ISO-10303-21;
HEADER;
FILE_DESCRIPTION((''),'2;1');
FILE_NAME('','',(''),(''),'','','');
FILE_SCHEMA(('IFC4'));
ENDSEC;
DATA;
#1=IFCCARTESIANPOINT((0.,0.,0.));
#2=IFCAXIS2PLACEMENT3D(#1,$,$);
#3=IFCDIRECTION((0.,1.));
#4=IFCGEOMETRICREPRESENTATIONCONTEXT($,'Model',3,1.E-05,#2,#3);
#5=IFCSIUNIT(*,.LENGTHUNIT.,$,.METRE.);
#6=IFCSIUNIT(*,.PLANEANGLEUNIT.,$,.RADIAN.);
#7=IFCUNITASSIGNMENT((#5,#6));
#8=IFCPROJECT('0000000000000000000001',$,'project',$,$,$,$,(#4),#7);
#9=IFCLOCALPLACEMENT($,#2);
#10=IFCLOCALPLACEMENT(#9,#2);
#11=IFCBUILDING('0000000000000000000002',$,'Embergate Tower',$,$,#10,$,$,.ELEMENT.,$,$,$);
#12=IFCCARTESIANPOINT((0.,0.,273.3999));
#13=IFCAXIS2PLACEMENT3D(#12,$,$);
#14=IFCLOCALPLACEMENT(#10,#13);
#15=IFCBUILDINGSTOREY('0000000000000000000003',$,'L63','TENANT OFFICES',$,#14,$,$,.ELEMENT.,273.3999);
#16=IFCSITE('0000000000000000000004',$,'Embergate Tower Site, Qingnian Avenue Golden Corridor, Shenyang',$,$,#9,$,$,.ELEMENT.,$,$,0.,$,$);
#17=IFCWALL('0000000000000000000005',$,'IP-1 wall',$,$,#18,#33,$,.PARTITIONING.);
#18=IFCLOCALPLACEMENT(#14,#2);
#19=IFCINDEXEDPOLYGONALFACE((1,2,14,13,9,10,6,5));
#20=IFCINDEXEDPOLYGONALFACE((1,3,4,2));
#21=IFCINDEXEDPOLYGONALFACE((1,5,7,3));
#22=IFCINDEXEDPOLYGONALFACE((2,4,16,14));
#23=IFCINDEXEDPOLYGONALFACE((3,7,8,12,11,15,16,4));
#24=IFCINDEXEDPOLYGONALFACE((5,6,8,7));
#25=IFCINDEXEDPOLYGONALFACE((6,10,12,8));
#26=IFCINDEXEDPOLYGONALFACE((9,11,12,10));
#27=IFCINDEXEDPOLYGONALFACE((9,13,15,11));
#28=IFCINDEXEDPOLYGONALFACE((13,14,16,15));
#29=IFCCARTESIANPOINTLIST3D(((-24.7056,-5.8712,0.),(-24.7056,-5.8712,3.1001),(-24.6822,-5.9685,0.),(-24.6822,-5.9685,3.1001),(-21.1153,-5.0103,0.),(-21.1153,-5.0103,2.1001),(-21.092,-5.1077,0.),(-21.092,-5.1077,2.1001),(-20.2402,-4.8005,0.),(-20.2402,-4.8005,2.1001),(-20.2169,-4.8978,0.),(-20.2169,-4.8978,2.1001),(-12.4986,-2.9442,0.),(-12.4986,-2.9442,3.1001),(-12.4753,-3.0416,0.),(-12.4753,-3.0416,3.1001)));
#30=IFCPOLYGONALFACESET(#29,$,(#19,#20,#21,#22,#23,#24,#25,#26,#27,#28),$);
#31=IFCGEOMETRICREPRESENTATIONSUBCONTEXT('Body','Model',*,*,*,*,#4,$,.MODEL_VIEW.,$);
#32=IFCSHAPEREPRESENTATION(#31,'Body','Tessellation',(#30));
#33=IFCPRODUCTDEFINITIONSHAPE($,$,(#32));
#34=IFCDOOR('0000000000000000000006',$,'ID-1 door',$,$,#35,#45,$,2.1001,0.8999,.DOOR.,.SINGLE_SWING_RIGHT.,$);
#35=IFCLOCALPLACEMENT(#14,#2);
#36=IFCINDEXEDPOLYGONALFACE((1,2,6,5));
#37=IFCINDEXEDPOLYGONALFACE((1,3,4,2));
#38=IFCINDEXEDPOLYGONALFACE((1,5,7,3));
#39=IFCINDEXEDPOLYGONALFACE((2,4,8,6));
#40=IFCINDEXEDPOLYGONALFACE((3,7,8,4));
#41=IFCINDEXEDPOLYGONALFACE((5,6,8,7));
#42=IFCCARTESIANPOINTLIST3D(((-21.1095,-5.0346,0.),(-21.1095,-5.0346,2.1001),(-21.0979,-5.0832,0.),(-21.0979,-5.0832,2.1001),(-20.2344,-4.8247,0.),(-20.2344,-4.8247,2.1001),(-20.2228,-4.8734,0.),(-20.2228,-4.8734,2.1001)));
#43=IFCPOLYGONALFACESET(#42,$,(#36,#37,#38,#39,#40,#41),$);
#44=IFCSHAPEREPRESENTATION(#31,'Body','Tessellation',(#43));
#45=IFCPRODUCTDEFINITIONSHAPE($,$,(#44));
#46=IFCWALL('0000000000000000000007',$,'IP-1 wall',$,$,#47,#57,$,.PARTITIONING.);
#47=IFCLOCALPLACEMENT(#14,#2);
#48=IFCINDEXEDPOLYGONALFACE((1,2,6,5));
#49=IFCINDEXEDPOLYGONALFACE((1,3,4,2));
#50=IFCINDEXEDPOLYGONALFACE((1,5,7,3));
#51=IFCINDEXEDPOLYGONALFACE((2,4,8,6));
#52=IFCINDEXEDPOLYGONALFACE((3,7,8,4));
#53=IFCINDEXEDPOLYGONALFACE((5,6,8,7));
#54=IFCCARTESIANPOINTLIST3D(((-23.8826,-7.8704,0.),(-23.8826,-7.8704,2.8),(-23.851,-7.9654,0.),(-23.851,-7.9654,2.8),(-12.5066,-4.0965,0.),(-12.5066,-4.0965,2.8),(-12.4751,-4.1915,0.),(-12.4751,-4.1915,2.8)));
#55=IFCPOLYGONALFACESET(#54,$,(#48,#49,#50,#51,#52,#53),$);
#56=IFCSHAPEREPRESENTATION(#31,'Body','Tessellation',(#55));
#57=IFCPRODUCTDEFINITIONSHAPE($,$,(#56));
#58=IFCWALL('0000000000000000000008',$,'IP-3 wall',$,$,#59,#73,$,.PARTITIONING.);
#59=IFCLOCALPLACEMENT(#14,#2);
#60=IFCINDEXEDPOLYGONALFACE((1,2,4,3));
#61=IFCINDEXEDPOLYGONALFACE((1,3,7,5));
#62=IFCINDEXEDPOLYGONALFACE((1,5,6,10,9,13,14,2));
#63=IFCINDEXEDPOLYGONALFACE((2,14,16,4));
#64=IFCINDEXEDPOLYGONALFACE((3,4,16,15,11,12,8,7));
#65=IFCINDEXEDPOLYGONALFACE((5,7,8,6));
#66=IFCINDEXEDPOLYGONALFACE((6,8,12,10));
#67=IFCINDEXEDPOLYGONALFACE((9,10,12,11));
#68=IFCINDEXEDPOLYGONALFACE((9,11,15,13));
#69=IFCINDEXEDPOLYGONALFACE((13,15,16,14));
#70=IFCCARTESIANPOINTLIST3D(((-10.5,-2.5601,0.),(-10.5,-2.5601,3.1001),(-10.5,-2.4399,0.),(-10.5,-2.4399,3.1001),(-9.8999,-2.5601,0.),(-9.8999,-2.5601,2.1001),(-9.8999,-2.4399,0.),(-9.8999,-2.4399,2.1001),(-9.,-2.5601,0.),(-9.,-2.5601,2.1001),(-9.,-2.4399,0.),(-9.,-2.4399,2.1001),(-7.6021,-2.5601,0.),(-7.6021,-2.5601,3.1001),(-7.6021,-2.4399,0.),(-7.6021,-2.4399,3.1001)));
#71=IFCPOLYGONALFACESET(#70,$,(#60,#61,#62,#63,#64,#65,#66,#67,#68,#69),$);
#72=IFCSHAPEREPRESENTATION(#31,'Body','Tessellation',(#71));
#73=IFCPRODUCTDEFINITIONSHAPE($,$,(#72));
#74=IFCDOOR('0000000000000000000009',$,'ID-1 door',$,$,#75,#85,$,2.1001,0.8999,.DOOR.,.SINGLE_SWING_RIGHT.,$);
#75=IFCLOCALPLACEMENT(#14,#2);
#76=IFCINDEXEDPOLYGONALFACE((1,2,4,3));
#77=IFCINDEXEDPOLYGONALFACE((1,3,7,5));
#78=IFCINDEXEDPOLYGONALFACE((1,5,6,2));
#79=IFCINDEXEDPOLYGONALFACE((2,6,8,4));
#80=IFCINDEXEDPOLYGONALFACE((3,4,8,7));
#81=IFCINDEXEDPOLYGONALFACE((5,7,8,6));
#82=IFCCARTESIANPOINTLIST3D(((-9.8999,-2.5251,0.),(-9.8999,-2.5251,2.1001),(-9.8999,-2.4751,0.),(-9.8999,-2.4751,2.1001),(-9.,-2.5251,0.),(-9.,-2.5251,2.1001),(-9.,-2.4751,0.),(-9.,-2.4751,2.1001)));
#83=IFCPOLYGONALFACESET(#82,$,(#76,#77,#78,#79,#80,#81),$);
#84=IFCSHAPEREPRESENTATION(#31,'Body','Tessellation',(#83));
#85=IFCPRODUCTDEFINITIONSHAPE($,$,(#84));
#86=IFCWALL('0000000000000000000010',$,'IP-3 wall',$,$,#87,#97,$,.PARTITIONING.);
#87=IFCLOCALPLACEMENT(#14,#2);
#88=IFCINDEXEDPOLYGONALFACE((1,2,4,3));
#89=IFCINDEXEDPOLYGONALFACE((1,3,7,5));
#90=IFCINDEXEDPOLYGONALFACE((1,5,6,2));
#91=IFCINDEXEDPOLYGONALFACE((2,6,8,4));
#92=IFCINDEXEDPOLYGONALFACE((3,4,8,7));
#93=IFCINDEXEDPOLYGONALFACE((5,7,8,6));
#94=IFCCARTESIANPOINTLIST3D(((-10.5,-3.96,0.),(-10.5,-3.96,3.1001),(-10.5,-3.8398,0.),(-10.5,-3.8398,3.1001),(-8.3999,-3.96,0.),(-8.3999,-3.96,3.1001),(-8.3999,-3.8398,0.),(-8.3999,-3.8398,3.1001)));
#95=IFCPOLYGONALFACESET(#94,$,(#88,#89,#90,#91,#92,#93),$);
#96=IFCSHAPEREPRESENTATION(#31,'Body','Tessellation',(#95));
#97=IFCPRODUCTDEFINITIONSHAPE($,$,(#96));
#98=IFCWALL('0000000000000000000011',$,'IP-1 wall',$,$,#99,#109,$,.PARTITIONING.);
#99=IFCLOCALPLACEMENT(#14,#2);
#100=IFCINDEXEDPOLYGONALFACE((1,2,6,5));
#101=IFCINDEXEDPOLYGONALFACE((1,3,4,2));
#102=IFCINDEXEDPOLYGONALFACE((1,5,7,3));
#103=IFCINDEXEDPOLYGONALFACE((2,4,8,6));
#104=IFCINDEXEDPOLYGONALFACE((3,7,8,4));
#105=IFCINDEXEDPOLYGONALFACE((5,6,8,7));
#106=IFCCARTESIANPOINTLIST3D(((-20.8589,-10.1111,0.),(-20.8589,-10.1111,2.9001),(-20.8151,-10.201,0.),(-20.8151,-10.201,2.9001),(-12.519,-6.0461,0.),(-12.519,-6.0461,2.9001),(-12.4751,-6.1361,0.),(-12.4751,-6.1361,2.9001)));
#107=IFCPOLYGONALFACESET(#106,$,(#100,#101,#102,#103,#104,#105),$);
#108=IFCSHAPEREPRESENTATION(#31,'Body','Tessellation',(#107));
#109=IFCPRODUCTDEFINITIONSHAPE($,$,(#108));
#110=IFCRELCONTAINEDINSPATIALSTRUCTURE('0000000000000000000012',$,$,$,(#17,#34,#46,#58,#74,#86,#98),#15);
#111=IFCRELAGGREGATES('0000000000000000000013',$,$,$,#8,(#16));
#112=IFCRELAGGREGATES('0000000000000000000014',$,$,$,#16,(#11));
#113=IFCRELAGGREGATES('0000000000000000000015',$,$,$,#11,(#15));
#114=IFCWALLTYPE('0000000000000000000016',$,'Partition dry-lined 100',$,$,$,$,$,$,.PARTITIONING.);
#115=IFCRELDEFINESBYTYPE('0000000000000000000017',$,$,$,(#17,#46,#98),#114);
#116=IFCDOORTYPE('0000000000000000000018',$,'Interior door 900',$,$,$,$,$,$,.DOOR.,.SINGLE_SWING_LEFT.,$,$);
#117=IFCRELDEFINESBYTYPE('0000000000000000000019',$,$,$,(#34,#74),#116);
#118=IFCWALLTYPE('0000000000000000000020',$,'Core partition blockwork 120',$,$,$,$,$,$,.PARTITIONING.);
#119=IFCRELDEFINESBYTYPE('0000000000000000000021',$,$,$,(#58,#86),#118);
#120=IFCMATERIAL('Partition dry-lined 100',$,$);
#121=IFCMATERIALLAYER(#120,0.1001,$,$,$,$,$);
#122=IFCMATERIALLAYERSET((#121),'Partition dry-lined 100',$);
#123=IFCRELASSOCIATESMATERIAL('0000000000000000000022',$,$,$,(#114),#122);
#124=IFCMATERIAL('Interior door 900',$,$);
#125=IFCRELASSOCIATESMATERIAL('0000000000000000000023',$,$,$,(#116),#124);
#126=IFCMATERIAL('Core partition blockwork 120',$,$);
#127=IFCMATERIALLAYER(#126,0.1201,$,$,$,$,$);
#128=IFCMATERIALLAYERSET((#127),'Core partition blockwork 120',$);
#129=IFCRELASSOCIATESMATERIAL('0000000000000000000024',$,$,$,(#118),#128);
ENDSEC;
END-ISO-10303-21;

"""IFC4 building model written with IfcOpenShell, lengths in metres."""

from ifc_helpers import new_model, si_unit, direction, frame, frame_2d, origin, place, context, subcontext, project, spatial, rectangle, extrude, source, transform, mapped, material, layer, layer_set, type_object, element, fill, save


model = new_model("IFC4")

# Units and contexts
model_context = context("Model", 3, precision=1e-05, world=origin(), true_north=direction((0.0, 1.0)))
body_context = subcontext(model_context, "Body", "Model", "MODEL_VIEW")
ifc_project = project(units=[si_unit("LENGTHUNIT", "METRE"), si_unit("PLANEANGLEUNIT", "RADIAN")], contexts=[model_context])

# Site, building, storey
site_placement = place(None, origin())
site = spatial("IfcSite", under=ifc_project, at=site_placement, Name="Embergate Tower Site, Qingnian Avenue Golden Corridor, Shenyang", CompositionType="ELEMENT", RefElevation=0.0)
building_placement = place(site_placement, origin())
building = spatial("IfcBuilding", under=site, at=building_placement, Name="Embergate Tower", CompositionType="ELEMENT")
storey_placement = place(building_placement, frame((0.0, 0.0, 273.3999)))
storey = spatial("IfcBuildingStorey", under=building, at=storey_placement, Name="L63", Description="TENANT OFFICES", CompositionType="ELEMENT", Elevation=273.3999)

# Wall, opening, door
shared_shape_1 = source(origin(), body_context, "Body", "SweptSolid", [
    extrude(rectangle(XDim=0.8999, YDim=2.1001, at=frame_2d((0.45, 1.05))), frame((0.0, 0.0249, 0.0), z_axis=(0.0, -1.0, 0.0), x_axis=(1.0, 0.0, 0.0)), (0.0, 0.0, 1.0), 0.05),
])
ifc_material_1 = material(Name="Partition dry-lined 100")
ifc_layer_1 = layer(ifc_material_1, 0.1001)
ifc_layer_set_1 = layer_set([ifc_layer_1], Name="Partition dry-lined 100")
wall_type_1 = type_object("IfcWallType", Name="Partition dry-lined 100", PredefinedType="PARTITIONING", material=ifc_layer_set_1)
shared_shape_2 = source(origin(), body_context, "Body", "SweptSolid", [
    extrude(rectangle(XDim=12.553, YDim=0.1001, at=frame_2d((6.2764, 0.0))), origin(), (0.0, 0.0, 1.0), 3.1001),
])
wall_1_placement = place(storey_placement, frame((-12.4871, -2.9929, 0.0), z_axis=(0.0, 0.0, 1.0), x_axis=(-0.972436, -0.233171, 0.0)))
wall_1 = element("IfcWall", 1, at=wall_1_placement, inside=storey, type_object=wall_type_1, Name="IP-1 wall", PredefinedType="PARTITIONING", context=body_context, shape_type="MappedRepresentation", body=[
    mapped(shared_shape_2, transform((0.0, 0.0, 0.0))),
])
shared_shape_3 = source(origin(), body_context, "Body", "SweptSolid", [
    extrude(rectangle(XDim=0.8999, YDim=2.1001, at=frame_2d((0.45, 1.05))), frame((0.0, 0.0601, 0.0), z_axis=(0.0, -1.0, 0.0), x_axis=(1.0, 0.0, 0.0)), (0.0, 0.0, 1.0), 0.1201),
])
opening_1_placement = place(wall_1_placement, frame((7.9609, 0.0, 0.0)))
opening_1 = element("IfcOpeningElement", 2, at=opening_1_placement, cuts=wall_1, PredefinedType="OPENING", context=body_context, shape_type="MappedRepresentation", body=[
    mapped(shared_shape_3, transform((0.0, 0.0, 0.0))),
])
ifc_material_2 = material(Name="Interior door 900")
door_type_1 = type_object("IfcDoorType", Name="Interior door 900", OperationType="SINGLE_SWING_LEFT", PredefinedType="DOOR", material=ifc_material_2)
door_1_placement = place(opening_1_placement, origin())
door_1 = element("IfcDoor", 3, at=door_1_placement, inside=storey, type_object=door_type_1, Name="ID-1 door", OperationType="SINGLE_SWING_RIGHT", OverallHeight=2.1001, OverallWidth=0.8999, PredefinedType="DOOR", context=body_context, shape_type="MappedRepresentation", body=[
    mapped(shared_shape_1, transform((0.0, 0.0, 0.0))),
])
fill(opening_1, door_1)

# Wall
shared_shape_4 = source(origin(), body_context, "Body", "SweptSolid", [
    extrude(rectangle(XDim=11.9856, YDim=0.1001, at=frame_2d((5.9927, 0.0))), origin(), (0.0, 0.0, 1.0), 2.8),
])
wall_2_placement = place(storey_placement, frame((-12.491, -4.144, 0.0), z_axis=(0.0, 0.0, 1.0), x_axis=(-0.949135, -0.314871, 0.0)))
element("IfcWall", 4, at=wall_2_placement, inside=storey, type_object=wall_type_1, Name="IP-1 wall", PredefinedType="PARTITIONING", context=body_context, shape_type="MappedRepresentation", body=[
    mapped(shared_shape_4, transform((0.0, 0.0, 0.0))),
])

# Wall, opening, door
ifc_material_3 = material(Name="Core partition blockwork 120")
ifc_layer_2 = layer(ifc_material_3, 0.1201)
ifc_layer_set_2 = layer_set([ifc_layer_2], Name="Core partition blockwork 120")
wall_type_2 = type_object("IfcWallType", Name="Core partition blockwork 120", PredefinedType="PARTITIONING", material=ifc_layer_set_2)
shared_shape_5 = source(origin(), body_context, "Body", "SweptSolid", [
    extrude(rectangle(XDim=2.8979, YDim=0.1201, at=frame_2d((1.449, 0.0))), origin(), (0.0, 0.0, 1.0), 3.1001),
])
wall_3_placement = place(storey_placement, frame((-10.5, -2.5, 0.0), z_axis=(0.0, 0.0, 1.0), x_axis=(1.0, 0.0, 0.0)))
wall_3 = element("IfcWall", 5, at=wall_3_placement, inside=storey, type_object=wall_type_2, Name="IP-3 wall", PredefinedType="PARTITIONING", context=body_context, shape_type="MappedRepresentation", body=[
    mapped(shared_shape_5, transform((0.0, 0.0, 0.0))),
])
shared_shape_6 = source(origin(), body_context, "Body", "SweptSolid", [
    extrude(rectangle(XDim=0.8999, YDim=2.1001, at=frame_2d((0.45, 1.05))), frame((0.0, 0.0701, 0.0), z_axis=(0.0, -1.0, 0.0), x_axis=(1.0, 0.0, 0.0)), (0.0, 0.0, 1.0), 0.1401),
])
opening_2_placement = place(wall_3_placement, frame((0.6001, 0.0, 0.0)))
opening_2 = element("IfcOpeningElement", 6, at=opening_2_placement, cuts=wall_3, PredefinedType="OPENING", context=body_context, shape_type="MappedRepresentation", body=[
    mapped(shared_shape_6, transform((0.0, 0.0, 0.0))),
])
door_2_placement = place(opening_2_placement, origin())
door_2 = element("IfcDoor", 7, at=door_2_placement, inside=storey, type_object=door_type_1, Name="ID-1 door", OperationType="SINGLE_SWING_RIGHT", OverallHeight=2.1001, OverallWidth=0.8999, PredefinedType="DOOR", context=body_context, shape_type="MappedRepresentation", body=[
    mapped(shared_shape_1, transform((0.0, 0.0, 0.0))),
])
fill(opening_2, door_2)

# Walls
shared_shape_7 = source(origin(), body_context, "Body", "SweptSolid", [
    extrude(rectangle(XDim=2.1001, YDim=0.1201, at=frame_2d((1.05, 0.0))), origin(), (0.0, 0.0, 1.0), 3.1001),
])
wall_4_placement = place(storey_placement, frame((-10.5, -3.8999, 0.0), z_axis=(0.0, 0.0, 1.0), x_axis=(1.0, 0.0, 0.0)))
element("IfcWall", 8, at=wall_4_placement, inside=storey, type_object=wall_type_2, Name="IP-3 wall", PredefinedType="PARTITIONING", context=body_context, shape_type="MappedRepresentation", body=[
    mapped(shared_shape_7, transform((0.0, 0.0, 0.0))),
])
shared_shape_8 = source(origin(), body_context, "Body", "SweptSolid", [
    extrude(rectangle(XDim=9.2778, YDim=0.1001, at=frame_2d((4.6389, 0.0))), origin(), (0.0, 0.0, 1.0), 2.9001),
])
wall_5_placement = place(storey_placement, frame((-12.4971, -6.0911, 0.0), z_axis=(0.0, 0.0, 1.0), x_axis=(-0.898907, -0.438138, 0.0)))
element("IfcWall", 9, at=wall_5_placement, inside=storey, type_object=wall_type_1, Name="IP-1 wall", PredefinedType="PARTITIONING", context=body_context, shape_type="MappedRepresentation", body=[
    mapped(shared_shape_8, transform((0.0, 0.0, 0.0))),
])

save(model, "model.ifc")
